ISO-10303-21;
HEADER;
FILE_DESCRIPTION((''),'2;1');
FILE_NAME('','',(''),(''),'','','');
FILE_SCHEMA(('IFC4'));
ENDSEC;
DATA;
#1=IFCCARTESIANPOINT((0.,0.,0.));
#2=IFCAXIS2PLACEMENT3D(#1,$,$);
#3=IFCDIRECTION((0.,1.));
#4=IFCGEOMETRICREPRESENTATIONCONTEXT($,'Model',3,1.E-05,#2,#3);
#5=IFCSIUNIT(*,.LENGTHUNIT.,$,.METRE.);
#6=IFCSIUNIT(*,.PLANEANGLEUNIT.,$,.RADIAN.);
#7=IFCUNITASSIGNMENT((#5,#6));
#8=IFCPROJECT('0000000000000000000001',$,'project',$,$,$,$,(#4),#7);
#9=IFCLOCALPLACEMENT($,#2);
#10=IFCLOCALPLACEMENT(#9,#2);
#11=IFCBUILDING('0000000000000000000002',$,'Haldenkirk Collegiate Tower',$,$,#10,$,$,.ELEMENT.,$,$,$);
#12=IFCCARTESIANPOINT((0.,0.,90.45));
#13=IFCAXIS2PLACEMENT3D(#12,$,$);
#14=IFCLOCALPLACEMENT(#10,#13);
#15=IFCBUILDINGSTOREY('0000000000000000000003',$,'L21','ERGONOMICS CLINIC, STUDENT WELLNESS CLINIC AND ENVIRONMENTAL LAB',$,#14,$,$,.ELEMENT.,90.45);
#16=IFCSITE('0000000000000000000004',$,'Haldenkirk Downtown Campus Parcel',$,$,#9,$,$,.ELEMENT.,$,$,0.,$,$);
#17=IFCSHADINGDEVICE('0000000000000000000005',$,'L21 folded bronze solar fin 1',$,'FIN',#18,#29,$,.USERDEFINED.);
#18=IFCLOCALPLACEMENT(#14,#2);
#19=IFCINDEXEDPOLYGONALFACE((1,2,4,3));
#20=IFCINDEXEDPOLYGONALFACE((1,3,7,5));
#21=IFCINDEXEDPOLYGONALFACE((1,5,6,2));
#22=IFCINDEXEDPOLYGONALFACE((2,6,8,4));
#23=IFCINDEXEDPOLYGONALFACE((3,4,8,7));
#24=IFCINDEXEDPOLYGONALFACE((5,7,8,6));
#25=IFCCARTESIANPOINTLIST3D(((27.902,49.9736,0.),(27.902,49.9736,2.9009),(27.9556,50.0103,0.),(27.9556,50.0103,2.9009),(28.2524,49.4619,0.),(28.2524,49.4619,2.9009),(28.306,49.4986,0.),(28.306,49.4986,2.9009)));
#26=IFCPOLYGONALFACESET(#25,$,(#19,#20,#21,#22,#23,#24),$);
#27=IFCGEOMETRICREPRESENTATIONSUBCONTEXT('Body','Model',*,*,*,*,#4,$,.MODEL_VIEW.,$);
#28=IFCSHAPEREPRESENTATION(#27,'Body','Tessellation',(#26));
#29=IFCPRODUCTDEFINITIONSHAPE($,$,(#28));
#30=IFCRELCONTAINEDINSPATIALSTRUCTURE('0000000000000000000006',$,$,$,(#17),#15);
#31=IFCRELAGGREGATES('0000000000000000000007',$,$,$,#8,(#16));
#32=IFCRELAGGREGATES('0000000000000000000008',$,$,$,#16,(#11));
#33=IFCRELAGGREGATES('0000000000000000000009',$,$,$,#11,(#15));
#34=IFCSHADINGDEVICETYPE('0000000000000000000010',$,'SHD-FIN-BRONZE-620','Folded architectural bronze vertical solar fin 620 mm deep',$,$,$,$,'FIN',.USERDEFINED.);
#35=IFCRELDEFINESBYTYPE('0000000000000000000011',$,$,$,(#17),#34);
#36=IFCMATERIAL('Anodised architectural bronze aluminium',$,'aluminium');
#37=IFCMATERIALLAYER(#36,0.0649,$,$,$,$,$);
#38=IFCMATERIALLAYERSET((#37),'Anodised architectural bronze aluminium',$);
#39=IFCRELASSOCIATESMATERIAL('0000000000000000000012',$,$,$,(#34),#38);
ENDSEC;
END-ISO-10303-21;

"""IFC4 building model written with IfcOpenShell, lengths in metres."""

from ifc_helpers import new_model, si_unit, direction, frame, origin, origin_2d, place, context, subcontext, project, spatial, rectangle, extrude, source, transform, mapped, material, layer, layer_set, type_object, element, save


model = new_model("IFC4")

# Units and contexts
model_context = context("Model", 3, precision=1e-05, world=origin(), true_north=direction((0.0, 1.0)))
body_context = subcontext(model_context, "Body", "Model", "MODEL_VIEW")
ifc_project = project(units=[si_unit("LENGTHUNIT", "METRE"), si_unit("PLANEANGLEUNIT", "RADIAN")], contexts=[model_context])

# Site, building, storey
site_placement = place(None, origin())
site = spatial("IfcSite", under=ifc_project, at=site_placement, Name="Haldenkirk Downtown Campus Parcel", CompositionType="ELEMENT", RefElevation=0.0)
building_placement = place(site_placement, origin())
building = spatial("IfcBuilding", under=site, at=building_placement, Name="Haldenkirk Collegiate Tower", CompositionType="ELEMENT")
storey_placement = place(building_placement, frame((0.0, 0.0, 90.45)))
storey = spatial("IfcBuildingStorey", under=building, at=storey_placement, Name="L21", Description="ERGONOMICS CLINIC, STUDENT WELLNESS CLINIC AND ENVIRONMENTAL LAB", CompositionType="ELEMENT", Elevation=90.45)

# Shared definitions
ifc_material_1 = material(Name="Anodised architectural bronze aluminium", Category="aluminium")

# Shading device
ifc_layer_1 = layer(ifc_material_1, 0.0649)
ifc_layer_set_1 = layer_set([ifc_layer_1], Name="Anodised architectural bronze aluminium")
shading_device_type = type_object("IfcShadingDeviceType", Name="SHD-FIN-BRONZE-620", Description="Folded architectural bronze vertical solar fin 620 mm deep", ElementType="FIN", PredefinedType="USERDEFINED", material=ifc_layer_set_1)
shared_shape_1 = source(origin(), body_context, "Body", "SweptSolid", [
    extrude(rectangle(XDim=0.6201, YDim=0.0649, at=origin_2d()), origin(), (0.0, 0.0, 1.0), 2.9009),
])
shading_device_placement = place(storey_placement, frame((28.104, 49.7361, 0.0), z_axis=(0.0, 0.0, 1.0), x_axis=(-0.564967, 0.825113, 0.0)))
element("IfcShadingDevice", 1, at=shading_device_placement, inside=storey, type_object=shading_device_type, Name="L21 folded bronze solar fin 1", ObjectType="FIN", PredefinedType="USERDEFINED", context=body_context, shape_type="MappedRepresentation", body=[
    mapped(shared_shape_1, transform((0.0, 0.0, 0.0), x_axis=(1.0, 0.0, 0.0), y_axis=(0.0, 1.0, 0.0), z_axis=(0.0, 0.0, 1.0), scale=1.0)),
])

save(model, "model.ifc")
